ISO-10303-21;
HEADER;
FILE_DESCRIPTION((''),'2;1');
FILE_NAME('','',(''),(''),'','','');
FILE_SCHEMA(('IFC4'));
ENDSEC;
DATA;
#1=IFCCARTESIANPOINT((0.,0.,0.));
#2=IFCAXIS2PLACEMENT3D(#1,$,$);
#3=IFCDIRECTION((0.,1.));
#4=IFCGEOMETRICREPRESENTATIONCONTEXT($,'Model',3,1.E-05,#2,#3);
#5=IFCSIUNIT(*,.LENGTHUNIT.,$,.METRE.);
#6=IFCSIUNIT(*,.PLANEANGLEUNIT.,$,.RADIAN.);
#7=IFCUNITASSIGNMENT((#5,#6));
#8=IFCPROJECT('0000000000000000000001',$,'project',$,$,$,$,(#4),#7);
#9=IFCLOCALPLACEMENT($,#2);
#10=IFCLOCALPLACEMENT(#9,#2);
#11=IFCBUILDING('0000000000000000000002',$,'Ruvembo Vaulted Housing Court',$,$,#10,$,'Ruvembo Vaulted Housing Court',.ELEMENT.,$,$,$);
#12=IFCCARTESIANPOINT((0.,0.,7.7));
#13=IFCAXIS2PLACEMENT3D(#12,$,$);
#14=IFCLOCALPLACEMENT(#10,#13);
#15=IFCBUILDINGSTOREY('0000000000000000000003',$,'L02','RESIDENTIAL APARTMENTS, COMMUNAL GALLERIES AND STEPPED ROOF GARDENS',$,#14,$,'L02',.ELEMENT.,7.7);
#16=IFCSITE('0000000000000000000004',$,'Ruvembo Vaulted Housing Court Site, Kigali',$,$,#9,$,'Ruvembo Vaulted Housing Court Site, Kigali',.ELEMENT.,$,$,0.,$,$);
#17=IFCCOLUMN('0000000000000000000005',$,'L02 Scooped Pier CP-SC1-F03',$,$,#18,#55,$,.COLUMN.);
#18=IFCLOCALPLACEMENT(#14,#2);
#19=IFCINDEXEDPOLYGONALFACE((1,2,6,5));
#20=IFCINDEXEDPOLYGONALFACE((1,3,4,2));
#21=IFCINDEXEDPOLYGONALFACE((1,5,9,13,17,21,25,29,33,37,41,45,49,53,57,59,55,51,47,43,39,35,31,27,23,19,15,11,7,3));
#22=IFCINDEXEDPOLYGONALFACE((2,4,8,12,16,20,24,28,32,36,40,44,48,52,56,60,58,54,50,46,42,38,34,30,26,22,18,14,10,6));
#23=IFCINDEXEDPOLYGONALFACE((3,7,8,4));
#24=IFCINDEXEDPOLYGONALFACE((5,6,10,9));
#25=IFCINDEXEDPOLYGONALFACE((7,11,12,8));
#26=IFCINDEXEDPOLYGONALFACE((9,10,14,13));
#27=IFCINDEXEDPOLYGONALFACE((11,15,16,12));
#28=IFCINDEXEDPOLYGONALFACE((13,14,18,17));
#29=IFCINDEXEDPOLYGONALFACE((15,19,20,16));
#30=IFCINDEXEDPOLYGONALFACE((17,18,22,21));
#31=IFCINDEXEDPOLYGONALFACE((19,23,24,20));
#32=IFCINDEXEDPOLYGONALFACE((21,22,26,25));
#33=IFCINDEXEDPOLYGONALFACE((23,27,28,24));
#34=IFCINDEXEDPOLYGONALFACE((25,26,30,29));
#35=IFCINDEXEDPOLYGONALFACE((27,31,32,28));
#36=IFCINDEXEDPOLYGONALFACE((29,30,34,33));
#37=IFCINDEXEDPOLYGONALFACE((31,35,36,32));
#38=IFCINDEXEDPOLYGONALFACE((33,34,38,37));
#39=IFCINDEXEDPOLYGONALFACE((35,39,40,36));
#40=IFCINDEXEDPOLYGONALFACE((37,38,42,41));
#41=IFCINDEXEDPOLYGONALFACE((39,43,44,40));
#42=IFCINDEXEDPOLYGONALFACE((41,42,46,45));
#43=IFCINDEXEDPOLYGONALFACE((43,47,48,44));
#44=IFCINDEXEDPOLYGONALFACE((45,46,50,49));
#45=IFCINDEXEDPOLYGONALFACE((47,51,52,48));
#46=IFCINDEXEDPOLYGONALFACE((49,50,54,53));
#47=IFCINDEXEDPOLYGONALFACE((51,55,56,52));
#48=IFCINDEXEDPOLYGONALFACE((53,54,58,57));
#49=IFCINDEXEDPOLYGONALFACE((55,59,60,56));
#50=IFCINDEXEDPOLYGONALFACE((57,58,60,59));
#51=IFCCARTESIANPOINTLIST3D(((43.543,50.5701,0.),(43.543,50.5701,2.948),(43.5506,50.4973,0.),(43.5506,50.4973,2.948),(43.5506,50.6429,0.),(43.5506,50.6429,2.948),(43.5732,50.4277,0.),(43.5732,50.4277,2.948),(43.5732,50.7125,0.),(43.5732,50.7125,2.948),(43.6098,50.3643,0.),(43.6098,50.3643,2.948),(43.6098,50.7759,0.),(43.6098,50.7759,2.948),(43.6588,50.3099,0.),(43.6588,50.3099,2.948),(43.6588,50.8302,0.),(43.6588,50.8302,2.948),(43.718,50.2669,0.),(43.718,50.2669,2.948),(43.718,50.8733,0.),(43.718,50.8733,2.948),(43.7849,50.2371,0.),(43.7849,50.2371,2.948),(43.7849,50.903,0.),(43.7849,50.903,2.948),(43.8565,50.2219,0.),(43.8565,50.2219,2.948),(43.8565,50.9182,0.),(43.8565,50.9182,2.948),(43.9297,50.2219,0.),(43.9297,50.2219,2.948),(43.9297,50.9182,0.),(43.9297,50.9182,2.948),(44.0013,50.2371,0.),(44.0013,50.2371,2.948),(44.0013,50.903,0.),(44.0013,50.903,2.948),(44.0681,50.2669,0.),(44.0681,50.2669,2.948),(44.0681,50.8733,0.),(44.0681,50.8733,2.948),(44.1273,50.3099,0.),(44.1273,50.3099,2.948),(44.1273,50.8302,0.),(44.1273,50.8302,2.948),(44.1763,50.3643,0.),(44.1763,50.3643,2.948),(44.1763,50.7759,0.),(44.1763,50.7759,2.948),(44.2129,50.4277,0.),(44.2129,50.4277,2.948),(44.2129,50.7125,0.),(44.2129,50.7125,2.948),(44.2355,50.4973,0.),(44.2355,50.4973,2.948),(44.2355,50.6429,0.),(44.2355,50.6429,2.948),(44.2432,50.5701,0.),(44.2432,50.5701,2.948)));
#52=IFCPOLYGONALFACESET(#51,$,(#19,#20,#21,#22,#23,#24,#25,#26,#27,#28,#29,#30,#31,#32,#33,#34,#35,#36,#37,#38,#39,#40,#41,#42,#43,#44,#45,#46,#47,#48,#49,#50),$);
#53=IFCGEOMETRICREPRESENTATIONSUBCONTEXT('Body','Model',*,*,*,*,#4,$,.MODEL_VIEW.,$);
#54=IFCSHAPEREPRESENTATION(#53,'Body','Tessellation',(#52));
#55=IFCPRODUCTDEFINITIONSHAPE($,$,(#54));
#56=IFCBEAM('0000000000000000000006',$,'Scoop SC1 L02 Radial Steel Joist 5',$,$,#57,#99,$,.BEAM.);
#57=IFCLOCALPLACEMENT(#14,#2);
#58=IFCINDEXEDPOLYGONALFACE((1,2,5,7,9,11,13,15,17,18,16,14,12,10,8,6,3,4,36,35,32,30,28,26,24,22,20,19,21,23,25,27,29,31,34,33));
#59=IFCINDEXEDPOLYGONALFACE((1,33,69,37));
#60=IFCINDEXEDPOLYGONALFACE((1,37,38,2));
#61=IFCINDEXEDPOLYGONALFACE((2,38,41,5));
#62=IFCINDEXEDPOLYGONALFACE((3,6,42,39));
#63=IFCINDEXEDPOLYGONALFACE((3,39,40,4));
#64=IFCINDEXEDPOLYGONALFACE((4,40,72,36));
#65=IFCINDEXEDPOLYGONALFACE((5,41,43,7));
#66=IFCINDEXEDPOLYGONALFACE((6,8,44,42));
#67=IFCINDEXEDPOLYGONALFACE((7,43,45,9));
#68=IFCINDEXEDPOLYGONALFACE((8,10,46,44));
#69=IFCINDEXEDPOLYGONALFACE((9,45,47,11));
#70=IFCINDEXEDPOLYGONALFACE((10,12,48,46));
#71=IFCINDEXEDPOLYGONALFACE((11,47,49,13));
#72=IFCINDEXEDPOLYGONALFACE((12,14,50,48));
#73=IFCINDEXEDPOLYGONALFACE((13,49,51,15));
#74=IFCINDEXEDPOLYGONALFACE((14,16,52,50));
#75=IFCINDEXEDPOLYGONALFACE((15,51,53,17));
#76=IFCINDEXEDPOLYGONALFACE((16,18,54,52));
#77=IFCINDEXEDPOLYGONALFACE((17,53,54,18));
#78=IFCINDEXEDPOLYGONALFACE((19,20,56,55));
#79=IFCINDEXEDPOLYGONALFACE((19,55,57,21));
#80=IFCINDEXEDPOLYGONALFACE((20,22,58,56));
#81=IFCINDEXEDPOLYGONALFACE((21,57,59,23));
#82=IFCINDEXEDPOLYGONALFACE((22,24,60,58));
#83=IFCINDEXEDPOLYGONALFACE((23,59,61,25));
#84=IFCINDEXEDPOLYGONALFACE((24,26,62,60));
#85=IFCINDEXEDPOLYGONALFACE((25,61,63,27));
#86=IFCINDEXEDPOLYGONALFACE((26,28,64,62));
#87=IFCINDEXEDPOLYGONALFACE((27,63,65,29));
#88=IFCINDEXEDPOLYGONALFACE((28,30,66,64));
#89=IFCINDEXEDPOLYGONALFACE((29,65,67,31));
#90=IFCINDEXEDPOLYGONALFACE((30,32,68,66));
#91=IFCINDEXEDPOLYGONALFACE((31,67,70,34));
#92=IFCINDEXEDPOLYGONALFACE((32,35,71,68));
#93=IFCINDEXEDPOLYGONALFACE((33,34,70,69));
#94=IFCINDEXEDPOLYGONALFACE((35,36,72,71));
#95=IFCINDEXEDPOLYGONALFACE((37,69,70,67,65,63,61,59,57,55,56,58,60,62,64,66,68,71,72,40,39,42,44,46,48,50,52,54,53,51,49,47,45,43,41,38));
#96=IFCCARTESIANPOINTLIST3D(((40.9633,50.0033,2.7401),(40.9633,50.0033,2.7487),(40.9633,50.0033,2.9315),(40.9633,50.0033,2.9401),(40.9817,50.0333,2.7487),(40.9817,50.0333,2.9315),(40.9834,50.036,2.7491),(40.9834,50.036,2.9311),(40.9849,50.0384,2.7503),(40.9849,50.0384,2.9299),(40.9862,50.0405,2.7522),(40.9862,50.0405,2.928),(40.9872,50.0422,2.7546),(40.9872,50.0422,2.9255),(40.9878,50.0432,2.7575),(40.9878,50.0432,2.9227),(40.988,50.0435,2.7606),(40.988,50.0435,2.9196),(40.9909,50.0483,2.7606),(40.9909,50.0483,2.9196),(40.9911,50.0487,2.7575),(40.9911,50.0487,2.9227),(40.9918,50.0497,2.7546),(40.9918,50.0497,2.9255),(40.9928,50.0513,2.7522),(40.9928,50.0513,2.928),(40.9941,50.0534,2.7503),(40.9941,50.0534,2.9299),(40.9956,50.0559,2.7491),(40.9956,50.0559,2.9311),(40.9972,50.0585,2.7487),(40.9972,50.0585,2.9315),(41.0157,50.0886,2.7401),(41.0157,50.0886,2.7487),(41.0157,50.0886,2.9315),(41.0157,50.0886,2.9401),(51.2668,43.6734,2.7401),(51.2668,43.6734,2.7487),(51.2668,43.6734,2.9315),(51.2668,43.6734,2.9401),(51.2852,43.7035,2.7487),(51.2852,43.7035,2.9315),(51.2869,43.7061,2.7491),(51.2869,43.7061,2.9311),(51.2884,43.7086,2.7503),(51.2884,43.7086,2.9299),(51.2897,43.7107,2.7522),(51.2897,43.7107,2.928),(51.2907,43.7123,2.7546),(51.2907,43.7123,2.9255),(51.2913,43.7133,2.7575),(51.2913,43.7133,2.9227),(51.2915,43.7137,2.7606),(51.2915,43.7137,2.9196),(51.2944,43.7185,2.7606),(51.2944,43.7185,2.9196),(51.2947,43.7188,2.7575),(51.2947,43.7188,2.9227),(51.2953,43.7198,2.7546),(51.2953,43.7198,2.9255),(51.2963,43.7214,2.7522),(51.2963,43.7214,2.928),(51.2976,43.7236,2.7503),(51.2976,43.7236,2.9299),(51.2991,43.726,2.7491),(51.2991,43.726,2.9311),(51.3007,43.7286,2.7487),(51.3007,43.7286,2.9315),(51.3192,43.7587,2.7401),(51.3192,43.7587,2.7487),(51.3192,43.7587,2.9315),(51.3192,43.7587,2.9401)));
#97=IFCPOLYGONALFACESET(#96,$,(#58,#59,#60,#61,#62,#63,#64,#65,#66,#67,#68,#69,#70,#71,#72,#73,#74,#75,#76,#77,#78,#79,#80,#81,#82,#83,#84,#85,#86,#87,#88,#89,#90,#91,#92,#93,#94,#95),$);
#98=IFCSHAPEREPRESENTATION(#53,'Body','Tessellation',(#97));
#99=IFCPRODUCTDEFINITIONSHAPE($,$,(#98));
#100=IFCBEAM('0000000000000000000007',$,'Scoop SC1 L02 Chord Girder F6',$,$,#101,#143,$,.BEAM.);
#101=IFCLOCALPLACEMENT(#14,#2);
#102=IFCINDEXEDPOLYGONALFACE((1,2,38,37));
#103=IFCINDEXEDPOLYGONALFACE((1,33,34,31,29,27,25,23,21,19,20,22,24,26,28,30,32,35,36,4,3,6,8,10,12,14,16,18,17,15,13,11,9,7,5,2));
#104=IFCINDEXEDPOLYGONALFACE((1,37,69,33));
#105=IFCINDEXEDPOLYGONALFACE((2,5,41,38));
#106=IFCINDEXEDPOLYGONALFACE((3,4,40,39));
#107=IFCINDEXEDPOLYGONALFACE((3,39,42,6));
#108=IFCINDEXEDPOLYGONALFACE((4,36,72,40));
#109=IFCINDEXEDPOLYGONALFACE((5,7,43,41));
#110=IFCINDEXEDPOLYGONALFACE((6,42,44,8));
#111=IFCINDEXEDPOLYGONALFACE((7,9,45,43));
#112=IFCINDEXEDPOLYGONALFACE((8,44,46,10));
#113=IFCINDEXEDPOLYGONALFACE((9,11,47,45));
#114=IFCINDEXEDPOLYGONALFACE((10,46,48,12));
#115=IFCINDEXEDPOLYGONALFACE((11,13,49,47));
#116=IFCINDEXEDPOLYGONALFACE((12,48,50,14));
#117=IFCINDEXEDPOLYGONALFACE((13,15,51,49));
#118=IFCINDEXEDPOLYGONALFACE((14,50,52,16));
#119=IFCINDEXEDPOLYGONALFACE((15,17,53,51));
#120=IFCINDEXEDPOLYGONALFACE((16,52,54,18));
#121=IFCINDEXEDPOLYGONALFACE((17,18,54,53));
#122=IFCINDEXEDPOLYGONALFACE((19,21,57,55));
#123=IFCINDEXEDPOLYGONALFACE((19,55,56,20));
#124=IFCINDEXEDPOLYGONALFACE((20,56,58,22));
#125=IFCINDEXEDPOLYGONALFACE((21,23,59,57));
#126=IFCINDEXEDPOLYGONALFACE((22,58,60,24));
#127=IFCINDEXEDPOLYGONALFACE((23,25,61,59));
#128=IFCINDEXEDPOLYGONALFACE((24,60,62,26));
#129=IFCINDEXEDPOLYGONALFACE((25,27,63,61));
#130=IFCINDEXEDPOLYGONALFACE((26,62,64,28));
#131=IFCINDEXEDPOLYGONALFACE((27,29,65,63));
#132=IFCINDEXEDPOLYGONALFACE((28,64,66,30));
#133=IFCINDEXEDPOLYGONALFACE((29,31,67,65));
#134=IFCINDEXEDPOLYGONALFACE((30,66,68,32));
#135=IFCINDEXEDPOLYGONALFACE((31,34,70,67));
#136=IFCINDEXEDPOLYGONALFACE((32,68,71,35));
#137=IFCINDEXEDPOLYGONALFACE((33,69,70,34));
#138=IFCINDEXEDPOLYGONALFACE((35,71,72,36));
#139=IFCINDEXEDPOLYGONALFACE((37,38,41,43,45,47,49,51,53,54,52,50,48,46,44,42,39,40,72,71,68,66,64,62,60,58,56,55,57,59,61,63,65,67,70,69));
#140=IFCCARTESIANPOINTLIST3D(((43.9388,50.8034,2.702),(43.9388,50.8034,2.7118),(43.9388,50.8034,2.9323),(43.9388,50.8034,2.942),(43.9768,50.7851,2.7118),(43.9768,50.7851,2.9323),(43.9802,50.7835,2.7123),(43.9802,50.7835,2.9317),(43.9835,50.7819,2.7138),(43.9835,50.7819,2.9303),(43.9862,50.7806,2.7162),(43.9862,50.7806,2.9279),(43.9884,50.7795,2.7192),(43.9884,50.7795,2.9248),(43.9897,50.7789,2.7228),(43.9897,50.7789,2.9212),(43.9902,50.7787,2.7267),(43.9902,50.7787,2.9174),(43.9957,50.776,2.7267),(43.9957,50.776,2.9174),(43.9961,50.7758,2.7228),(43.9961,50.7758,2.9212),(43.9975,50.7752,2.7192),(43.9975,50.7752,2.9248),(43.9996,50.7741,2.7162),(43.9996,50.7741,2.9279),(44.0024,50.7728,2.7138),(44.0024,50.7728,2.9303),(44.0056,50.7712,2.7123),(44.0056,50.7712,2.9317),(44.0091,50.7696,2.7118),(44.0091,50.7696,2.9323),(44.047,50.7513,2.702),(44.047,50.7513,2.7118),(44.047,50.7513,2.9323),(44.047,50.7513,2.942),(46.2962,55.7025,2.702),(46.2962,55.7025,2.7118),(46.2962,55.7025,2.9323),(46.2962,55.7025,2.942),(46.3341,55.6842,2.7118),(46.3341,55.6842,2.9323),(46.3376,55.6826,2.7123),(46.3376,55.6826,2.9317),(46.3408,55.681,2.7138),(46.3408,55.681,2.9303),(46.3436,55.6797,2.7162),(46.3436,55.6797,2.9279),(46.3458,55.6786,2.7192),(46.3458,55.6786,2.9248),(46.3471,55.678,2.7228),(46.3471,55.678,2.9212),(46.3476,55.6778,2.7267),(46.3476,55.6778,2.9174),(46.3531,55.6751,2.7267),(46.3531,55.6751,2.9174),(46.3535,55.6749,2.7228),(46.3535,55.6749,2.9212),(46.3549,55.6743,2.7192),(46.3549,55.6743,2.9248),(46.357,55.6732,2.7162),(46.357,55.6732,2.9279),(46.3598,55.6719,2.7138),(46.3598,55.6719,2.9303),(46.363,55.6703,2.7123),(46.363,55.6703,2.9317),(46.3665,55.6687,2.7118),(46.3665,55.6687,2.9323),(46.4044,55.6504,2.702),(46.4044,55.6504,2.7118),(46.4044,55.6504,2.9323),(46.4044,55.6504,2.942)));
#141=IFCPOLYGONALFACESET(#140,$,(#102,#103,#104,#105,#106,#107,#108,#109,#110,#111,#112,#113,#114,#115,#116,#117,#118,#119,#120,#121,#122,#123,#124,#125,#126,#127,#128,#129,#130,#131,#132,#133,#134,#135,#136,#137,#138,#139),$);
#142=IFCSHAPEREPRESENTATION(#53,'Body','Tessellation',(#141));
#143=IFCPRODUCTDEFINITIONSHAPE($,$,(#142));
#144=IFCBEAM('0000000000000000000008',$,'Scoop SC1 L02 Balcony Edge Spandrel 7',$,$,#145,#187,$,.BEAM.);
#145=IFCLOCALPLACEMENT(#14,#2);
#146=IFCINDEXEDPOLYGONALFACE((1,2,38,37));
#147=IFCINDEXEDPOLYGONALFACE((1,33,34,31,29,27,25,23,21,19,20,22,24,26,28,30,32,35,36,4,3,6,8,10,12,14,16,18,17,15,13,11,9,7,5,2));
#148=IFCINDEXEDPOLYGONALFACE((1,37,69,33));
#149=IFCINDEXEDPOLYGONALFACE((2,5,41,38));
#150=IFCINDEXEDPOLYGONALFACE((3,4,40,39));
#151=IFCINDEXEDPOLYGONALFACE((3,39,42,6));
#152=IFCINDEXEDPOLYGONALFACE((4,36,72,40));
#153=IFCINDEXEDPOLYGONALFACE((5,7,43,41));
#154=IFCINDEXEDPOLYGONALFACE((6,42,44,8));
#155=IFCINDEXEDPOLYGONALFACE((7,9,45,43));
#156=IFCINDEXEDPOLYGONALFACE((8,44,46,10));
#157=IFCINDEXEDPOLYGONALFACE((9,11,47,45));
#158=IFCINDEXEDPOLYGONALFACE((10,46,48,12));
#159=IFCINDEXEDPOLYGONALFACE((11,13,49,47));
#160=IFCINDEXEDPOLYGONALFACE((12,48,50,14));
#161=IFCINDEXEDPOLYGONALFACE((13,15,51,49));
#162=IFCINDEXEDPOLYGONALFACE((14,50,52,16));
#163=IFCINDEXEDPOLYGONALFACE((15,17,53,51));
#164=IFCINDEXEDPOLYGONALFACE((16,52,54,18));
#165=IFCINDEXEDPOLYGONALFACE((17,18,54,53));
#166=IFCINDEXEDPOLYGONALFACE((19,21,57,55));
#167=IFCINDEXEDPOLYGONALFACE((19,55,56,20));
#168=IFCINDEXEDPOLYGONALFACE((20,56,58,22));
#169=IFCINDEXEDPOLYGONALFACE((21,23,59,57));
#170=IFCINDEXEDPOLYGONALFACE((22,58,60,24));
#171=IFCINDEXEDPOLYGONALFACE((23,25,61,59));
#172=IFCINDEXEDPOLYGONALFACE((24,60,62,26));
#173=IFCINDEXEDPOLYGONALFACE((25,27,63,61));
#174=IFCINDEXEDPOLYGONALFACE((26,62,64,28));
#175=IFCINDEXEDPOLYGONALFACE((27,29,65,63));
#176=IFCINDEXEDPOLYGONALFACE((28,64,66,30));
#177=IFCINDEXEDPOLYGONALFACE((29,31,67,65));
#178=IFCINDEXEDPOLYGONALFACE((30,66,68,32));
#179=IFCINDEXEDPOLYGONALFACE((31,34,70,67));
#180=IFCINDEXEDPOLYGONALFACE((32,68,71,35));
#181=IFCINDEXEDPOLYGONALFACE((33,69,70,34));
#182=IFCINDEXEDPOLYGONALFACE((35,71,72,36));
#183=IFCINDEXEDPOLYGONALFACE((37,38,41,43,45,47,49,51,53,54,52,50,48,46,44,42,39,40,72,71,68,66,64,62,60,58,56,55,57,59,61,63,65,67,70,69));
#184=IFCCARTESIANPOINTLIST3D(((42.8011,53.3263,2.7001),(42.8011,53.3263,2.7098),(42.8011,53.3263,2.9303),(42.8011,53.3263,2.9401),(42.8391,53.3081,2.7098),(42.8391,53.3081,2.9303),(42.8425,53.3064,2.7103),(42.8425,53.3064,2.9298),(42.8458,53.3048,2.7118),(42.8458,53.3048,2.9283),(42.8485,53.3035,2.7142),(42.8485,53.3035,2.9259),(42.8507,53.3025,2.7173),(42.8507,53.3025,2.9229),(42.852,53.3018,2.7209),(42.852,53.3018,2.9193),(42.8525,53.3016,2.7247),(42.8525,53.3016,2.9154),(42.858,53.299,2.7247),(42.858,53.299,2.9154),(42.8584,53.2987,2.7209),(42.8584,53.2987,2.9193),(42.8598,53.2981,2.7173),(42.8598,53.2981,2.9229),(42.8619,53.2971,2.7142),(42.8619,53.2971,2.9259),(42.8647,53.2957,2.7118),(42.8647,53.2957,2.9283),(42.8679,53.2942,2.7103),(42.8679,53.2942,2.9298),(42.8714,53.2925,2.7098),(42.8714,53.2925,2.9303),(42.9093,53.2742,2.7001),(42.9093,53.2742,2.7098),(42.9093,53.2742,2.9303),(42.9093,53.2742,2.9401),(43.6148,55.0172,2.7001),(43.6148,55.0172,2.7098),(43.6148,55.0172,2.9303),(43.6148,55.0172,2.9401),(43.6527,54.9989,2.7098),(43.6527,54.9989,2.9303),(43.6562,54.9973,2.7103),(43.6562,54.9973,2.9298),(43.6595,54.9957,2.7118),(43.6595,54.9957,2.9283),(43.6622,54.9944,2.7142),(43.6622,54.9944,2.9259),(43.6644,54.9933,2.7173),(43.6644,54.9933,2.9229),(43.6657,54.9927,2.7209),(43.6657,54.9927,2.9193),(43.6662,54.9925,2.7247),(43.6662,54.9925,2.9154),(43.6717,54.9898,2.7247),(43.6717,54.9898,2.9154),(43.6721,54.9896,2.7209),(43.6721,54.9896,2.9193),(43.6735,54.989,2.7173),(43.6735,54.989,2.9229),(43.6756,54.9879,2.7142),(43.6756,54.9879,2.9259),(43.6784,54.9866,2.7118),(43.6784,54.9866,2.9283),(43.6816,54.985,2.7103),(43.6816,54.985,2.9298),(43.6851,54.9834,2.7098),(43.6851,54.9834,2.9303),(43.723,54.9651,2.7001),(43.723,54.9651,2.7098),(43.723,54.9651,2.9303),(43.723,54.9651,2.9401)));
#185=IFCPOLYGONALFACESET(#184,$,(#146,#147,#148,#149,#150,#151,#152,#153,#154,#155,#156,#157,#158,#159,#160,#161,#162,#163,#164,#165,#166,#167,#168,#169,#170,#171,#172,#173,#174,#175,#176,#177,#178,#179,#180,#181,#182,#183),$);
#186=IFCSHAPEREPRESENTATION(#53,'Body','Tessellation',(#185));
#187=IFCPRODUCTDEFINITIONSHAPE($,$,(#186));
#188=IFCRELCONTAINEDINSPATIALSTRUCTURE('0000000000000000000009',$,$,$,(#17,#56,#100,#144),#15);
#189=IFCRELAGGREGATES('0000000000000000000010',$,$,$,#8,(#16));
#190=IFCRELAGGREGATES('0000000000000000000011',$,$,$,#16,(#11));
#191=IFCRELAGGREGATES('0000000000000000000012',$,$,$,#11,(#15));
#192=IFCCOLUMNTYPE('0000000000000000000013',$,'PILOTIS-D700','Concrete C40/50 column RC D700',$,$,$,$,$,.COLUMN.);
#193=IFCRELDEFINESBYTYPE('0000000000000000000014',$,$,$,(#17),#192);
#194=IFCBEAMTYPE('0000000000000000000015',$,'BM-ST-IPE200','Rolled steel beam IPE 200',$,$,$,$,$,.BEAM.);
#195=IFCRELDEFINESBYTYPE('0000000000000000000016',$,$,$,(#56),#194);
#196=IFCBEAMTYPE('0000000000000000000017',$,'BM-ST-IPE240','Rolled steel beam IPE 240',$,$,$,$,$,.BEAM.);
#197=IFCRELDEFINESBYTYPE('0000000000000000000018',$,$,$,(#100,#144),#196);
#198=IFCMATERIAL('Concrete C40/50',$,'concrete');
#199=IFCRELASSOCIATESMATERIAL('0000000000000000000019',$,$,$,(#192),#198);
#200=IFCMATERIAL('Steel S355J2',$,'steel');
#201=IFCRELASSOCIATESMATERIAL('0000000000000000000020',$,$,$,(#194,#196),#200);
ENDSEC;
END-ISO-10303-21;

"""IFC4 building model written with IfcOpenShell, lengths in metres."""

from ifc_helpers import new_model, si_unit, direction, frame, origin, origin_2d, place, context, subcontext, project, spatial, circle, i_section, extrude, material, material_profile, profile_set, type_object, element, save


model = new_model("IFC4")

# Units and contexts
model_context = context("Model", 3, precision=1e-05, world=origin(), true_north=direction((0.0, 1.0)))
body_context = subcontext(model_context, "Body", "Model", "MODEL_VIEW")
ifc_project = project(units=[si_unit("LENGTHUNIT", "METRE"), si_unit("PLANEANGLEUNIT", "RADIAN")], contexts=[model_context])

# Site, building, storey
site_placement = place(None, origin())
site = spatial("IfcSite", under=ifc_project, at=site_placement, Name="Ruvembo Vaulted Housing Court Site, Kigali", LongName="Ruvembo Vaulted Housing Court Site, Kigali", CompositionType="ELEMENT", RefElevation=0.0)
building_placement = place(site_placement, origin())
building = spatial("IfcBuilding", under=site, at=building_placement, Name="Ruvembo Vaulted Housing Court", LongName="Ruvembo Vaulted Housing Court", CompositionType="ELEMENT")
storey_placement = place(building_placement, frame((0.0, 0.0, 7.7)))
storey = spatial("IfcBuildingStorey", under=building, at=storey_placement, Name="L02", Description="RESIDENTIAL APARTMENTS, COMMUNAL GALLERIES AND STEPPED ROOF GARDENS", LongName="L02", CompositionType="ELEMENT", Elevation=7.7)

# Column
ifc_material_1 = material(Name="Concrete C40/50", Category="concrete")
ifc_material_profile_1 = material_profile(ifc_material_1, circle(Radius=0.3501, at=origin_2d()), Name="RC D700")
ifc_profile_set_1 = profile_set([ifc_material_profile_1], Name="Concrete C40/50")
column_type = type_object("IfcColumnType", Name="PILOTIS-D700", Description="Concrete C40/50 column RC D700", PredefinedType="COLUMN", material=ifc_profile_set_1)
column_placement = place(storey_placement, frame((43.8931, 50.5701, 0.0), z_axis=(0.0, 0.0, 1.0), x_axis=(1.0, 0.0, 0.0)))
element("IfcColumn", 1, at=column_placement, inside=storey, type_object=column_type, Name="L02 Scooped Pier CP-SC1-F03", PredefinedType="COLUMN", context=body_context, shape_type="SweptSolid", body=[
    extrude(circle(Radius=0.3501, at=origin_2d()), origin(), (0.0, 0.0, 1.0), 2.948),
])

# Beams
ifc_material_2 = material(Name="Steel S355J2", Category="steel")
ifc_material_profile_2 = material_profile(ifc_material_2, i_section(OverallWidth=0.1001, OverallDepth=0.2, WebThickness=0.0056, FlangeThickness=0.0085, FilletRadius=0.012, at=origin_2d()), Name="IPE 200")
ifc_profile_set_2 = profile_set([ifc_material_profile_2], Name="Steel S355J2")
beam_type_1 = type_object("IfcBeamType", Name="BM-ST-IPE200", Description="Rolled steel beam IPE 200", PredefinedType="BEAM", material=ifc_profile_set_2)
beam_1_placement = place(storey_placement, frame((51.293, 43.7161, 2.8401), z_axis=(-0.852055, 0.523452, 0.0), x_axis=(-0.523452, -0.852055, 0.0)))
element("IfcBeam", 2, at=beam_1_placement, inside=storey, type_object=beam_type_1, Name="Scoop SC1 L02 Radial Steel Joist 5", PredefinedType="BEAM", context=body_context, shape_type="SweptSolid", body=[
    extrude(i_section(OverallWidth=0.1001, OverallDepth=0.2, WebThickness=0.0056, FlangeThickness=0.0085, FilletRadius=0.012, at=origin_2d()), origin(), (0.0, 0.0, 1.0), 12.0925),
])
ifc_material_profile_3 = material_profile(ifc_material_2, i_section(OverallWidth=0.1201, OverallDepth=0.24, WebThickness=0.0061, FlangeThickness=0.0098, FilletRadius=0.0149, at=origin_2d()), Name="IPE 240")
ifc_profile_set_3 = profile_set([ifc_material_profile_3], Name="Steel S355J2")
beam_type_2 = type_object("IfcBeamType", Name="BM-ST-IPE240", Description="Rolled steel beam IPE 240", PredefinedType="BEAM", material=ifc_profile_set_3)
beam_2_placement = place(storey_placement, frame((43.9929, 50.7773, 2.822), z_axis=(0.433601, 0.901105, 0.0), x_axis=(-0.901105, 0.433601, 0.0)))
element("IfcBeam", 3, at=beam_2_placement, inside=storey, type_object=beam_type_2, Name="Scoop SC1 L02 Chord Girder F6", PredefinedType="BEAM", context=body_context, shape_type="SweptSolid", body=[
    extrude(i_section(OverallWidth=0.1201, OverallDepth=0.24, WebThickness=0.0061, FlangeThickness=0.0098, FilletRadius=0.0149, at=origin_2d()), origin(), (0.0, 0.0, 1.0), 5.4368),
])
beam_3_placement = place(storey_placement, frame((42.8552, 53.3003, 2.8201), z_axis=(0.433632, 0.90109, 0.0), x_axis=(-0.90109, 0.433632, 0.0)))
element("IfcBeam", 4, at=beam_3_placement, inside=storey, type_object=beam_type_2, Name="Scoop SC1 L02 Balcony Edge Spandrel 7", PredefinedType="BEAM", context=body_context, shape_type="SweptSolid", body=[
    extrude(i_section(OverallWidth=0.1201, OverallDepth=0.24, WebThickness=0.0061, FlangeThickness=0.0098, FilletRadius=0.0149, at=origin_2d()), origin(), (0.0, 0.0, 1.0), 1.8765),
])

save(model, "model.ifc")
